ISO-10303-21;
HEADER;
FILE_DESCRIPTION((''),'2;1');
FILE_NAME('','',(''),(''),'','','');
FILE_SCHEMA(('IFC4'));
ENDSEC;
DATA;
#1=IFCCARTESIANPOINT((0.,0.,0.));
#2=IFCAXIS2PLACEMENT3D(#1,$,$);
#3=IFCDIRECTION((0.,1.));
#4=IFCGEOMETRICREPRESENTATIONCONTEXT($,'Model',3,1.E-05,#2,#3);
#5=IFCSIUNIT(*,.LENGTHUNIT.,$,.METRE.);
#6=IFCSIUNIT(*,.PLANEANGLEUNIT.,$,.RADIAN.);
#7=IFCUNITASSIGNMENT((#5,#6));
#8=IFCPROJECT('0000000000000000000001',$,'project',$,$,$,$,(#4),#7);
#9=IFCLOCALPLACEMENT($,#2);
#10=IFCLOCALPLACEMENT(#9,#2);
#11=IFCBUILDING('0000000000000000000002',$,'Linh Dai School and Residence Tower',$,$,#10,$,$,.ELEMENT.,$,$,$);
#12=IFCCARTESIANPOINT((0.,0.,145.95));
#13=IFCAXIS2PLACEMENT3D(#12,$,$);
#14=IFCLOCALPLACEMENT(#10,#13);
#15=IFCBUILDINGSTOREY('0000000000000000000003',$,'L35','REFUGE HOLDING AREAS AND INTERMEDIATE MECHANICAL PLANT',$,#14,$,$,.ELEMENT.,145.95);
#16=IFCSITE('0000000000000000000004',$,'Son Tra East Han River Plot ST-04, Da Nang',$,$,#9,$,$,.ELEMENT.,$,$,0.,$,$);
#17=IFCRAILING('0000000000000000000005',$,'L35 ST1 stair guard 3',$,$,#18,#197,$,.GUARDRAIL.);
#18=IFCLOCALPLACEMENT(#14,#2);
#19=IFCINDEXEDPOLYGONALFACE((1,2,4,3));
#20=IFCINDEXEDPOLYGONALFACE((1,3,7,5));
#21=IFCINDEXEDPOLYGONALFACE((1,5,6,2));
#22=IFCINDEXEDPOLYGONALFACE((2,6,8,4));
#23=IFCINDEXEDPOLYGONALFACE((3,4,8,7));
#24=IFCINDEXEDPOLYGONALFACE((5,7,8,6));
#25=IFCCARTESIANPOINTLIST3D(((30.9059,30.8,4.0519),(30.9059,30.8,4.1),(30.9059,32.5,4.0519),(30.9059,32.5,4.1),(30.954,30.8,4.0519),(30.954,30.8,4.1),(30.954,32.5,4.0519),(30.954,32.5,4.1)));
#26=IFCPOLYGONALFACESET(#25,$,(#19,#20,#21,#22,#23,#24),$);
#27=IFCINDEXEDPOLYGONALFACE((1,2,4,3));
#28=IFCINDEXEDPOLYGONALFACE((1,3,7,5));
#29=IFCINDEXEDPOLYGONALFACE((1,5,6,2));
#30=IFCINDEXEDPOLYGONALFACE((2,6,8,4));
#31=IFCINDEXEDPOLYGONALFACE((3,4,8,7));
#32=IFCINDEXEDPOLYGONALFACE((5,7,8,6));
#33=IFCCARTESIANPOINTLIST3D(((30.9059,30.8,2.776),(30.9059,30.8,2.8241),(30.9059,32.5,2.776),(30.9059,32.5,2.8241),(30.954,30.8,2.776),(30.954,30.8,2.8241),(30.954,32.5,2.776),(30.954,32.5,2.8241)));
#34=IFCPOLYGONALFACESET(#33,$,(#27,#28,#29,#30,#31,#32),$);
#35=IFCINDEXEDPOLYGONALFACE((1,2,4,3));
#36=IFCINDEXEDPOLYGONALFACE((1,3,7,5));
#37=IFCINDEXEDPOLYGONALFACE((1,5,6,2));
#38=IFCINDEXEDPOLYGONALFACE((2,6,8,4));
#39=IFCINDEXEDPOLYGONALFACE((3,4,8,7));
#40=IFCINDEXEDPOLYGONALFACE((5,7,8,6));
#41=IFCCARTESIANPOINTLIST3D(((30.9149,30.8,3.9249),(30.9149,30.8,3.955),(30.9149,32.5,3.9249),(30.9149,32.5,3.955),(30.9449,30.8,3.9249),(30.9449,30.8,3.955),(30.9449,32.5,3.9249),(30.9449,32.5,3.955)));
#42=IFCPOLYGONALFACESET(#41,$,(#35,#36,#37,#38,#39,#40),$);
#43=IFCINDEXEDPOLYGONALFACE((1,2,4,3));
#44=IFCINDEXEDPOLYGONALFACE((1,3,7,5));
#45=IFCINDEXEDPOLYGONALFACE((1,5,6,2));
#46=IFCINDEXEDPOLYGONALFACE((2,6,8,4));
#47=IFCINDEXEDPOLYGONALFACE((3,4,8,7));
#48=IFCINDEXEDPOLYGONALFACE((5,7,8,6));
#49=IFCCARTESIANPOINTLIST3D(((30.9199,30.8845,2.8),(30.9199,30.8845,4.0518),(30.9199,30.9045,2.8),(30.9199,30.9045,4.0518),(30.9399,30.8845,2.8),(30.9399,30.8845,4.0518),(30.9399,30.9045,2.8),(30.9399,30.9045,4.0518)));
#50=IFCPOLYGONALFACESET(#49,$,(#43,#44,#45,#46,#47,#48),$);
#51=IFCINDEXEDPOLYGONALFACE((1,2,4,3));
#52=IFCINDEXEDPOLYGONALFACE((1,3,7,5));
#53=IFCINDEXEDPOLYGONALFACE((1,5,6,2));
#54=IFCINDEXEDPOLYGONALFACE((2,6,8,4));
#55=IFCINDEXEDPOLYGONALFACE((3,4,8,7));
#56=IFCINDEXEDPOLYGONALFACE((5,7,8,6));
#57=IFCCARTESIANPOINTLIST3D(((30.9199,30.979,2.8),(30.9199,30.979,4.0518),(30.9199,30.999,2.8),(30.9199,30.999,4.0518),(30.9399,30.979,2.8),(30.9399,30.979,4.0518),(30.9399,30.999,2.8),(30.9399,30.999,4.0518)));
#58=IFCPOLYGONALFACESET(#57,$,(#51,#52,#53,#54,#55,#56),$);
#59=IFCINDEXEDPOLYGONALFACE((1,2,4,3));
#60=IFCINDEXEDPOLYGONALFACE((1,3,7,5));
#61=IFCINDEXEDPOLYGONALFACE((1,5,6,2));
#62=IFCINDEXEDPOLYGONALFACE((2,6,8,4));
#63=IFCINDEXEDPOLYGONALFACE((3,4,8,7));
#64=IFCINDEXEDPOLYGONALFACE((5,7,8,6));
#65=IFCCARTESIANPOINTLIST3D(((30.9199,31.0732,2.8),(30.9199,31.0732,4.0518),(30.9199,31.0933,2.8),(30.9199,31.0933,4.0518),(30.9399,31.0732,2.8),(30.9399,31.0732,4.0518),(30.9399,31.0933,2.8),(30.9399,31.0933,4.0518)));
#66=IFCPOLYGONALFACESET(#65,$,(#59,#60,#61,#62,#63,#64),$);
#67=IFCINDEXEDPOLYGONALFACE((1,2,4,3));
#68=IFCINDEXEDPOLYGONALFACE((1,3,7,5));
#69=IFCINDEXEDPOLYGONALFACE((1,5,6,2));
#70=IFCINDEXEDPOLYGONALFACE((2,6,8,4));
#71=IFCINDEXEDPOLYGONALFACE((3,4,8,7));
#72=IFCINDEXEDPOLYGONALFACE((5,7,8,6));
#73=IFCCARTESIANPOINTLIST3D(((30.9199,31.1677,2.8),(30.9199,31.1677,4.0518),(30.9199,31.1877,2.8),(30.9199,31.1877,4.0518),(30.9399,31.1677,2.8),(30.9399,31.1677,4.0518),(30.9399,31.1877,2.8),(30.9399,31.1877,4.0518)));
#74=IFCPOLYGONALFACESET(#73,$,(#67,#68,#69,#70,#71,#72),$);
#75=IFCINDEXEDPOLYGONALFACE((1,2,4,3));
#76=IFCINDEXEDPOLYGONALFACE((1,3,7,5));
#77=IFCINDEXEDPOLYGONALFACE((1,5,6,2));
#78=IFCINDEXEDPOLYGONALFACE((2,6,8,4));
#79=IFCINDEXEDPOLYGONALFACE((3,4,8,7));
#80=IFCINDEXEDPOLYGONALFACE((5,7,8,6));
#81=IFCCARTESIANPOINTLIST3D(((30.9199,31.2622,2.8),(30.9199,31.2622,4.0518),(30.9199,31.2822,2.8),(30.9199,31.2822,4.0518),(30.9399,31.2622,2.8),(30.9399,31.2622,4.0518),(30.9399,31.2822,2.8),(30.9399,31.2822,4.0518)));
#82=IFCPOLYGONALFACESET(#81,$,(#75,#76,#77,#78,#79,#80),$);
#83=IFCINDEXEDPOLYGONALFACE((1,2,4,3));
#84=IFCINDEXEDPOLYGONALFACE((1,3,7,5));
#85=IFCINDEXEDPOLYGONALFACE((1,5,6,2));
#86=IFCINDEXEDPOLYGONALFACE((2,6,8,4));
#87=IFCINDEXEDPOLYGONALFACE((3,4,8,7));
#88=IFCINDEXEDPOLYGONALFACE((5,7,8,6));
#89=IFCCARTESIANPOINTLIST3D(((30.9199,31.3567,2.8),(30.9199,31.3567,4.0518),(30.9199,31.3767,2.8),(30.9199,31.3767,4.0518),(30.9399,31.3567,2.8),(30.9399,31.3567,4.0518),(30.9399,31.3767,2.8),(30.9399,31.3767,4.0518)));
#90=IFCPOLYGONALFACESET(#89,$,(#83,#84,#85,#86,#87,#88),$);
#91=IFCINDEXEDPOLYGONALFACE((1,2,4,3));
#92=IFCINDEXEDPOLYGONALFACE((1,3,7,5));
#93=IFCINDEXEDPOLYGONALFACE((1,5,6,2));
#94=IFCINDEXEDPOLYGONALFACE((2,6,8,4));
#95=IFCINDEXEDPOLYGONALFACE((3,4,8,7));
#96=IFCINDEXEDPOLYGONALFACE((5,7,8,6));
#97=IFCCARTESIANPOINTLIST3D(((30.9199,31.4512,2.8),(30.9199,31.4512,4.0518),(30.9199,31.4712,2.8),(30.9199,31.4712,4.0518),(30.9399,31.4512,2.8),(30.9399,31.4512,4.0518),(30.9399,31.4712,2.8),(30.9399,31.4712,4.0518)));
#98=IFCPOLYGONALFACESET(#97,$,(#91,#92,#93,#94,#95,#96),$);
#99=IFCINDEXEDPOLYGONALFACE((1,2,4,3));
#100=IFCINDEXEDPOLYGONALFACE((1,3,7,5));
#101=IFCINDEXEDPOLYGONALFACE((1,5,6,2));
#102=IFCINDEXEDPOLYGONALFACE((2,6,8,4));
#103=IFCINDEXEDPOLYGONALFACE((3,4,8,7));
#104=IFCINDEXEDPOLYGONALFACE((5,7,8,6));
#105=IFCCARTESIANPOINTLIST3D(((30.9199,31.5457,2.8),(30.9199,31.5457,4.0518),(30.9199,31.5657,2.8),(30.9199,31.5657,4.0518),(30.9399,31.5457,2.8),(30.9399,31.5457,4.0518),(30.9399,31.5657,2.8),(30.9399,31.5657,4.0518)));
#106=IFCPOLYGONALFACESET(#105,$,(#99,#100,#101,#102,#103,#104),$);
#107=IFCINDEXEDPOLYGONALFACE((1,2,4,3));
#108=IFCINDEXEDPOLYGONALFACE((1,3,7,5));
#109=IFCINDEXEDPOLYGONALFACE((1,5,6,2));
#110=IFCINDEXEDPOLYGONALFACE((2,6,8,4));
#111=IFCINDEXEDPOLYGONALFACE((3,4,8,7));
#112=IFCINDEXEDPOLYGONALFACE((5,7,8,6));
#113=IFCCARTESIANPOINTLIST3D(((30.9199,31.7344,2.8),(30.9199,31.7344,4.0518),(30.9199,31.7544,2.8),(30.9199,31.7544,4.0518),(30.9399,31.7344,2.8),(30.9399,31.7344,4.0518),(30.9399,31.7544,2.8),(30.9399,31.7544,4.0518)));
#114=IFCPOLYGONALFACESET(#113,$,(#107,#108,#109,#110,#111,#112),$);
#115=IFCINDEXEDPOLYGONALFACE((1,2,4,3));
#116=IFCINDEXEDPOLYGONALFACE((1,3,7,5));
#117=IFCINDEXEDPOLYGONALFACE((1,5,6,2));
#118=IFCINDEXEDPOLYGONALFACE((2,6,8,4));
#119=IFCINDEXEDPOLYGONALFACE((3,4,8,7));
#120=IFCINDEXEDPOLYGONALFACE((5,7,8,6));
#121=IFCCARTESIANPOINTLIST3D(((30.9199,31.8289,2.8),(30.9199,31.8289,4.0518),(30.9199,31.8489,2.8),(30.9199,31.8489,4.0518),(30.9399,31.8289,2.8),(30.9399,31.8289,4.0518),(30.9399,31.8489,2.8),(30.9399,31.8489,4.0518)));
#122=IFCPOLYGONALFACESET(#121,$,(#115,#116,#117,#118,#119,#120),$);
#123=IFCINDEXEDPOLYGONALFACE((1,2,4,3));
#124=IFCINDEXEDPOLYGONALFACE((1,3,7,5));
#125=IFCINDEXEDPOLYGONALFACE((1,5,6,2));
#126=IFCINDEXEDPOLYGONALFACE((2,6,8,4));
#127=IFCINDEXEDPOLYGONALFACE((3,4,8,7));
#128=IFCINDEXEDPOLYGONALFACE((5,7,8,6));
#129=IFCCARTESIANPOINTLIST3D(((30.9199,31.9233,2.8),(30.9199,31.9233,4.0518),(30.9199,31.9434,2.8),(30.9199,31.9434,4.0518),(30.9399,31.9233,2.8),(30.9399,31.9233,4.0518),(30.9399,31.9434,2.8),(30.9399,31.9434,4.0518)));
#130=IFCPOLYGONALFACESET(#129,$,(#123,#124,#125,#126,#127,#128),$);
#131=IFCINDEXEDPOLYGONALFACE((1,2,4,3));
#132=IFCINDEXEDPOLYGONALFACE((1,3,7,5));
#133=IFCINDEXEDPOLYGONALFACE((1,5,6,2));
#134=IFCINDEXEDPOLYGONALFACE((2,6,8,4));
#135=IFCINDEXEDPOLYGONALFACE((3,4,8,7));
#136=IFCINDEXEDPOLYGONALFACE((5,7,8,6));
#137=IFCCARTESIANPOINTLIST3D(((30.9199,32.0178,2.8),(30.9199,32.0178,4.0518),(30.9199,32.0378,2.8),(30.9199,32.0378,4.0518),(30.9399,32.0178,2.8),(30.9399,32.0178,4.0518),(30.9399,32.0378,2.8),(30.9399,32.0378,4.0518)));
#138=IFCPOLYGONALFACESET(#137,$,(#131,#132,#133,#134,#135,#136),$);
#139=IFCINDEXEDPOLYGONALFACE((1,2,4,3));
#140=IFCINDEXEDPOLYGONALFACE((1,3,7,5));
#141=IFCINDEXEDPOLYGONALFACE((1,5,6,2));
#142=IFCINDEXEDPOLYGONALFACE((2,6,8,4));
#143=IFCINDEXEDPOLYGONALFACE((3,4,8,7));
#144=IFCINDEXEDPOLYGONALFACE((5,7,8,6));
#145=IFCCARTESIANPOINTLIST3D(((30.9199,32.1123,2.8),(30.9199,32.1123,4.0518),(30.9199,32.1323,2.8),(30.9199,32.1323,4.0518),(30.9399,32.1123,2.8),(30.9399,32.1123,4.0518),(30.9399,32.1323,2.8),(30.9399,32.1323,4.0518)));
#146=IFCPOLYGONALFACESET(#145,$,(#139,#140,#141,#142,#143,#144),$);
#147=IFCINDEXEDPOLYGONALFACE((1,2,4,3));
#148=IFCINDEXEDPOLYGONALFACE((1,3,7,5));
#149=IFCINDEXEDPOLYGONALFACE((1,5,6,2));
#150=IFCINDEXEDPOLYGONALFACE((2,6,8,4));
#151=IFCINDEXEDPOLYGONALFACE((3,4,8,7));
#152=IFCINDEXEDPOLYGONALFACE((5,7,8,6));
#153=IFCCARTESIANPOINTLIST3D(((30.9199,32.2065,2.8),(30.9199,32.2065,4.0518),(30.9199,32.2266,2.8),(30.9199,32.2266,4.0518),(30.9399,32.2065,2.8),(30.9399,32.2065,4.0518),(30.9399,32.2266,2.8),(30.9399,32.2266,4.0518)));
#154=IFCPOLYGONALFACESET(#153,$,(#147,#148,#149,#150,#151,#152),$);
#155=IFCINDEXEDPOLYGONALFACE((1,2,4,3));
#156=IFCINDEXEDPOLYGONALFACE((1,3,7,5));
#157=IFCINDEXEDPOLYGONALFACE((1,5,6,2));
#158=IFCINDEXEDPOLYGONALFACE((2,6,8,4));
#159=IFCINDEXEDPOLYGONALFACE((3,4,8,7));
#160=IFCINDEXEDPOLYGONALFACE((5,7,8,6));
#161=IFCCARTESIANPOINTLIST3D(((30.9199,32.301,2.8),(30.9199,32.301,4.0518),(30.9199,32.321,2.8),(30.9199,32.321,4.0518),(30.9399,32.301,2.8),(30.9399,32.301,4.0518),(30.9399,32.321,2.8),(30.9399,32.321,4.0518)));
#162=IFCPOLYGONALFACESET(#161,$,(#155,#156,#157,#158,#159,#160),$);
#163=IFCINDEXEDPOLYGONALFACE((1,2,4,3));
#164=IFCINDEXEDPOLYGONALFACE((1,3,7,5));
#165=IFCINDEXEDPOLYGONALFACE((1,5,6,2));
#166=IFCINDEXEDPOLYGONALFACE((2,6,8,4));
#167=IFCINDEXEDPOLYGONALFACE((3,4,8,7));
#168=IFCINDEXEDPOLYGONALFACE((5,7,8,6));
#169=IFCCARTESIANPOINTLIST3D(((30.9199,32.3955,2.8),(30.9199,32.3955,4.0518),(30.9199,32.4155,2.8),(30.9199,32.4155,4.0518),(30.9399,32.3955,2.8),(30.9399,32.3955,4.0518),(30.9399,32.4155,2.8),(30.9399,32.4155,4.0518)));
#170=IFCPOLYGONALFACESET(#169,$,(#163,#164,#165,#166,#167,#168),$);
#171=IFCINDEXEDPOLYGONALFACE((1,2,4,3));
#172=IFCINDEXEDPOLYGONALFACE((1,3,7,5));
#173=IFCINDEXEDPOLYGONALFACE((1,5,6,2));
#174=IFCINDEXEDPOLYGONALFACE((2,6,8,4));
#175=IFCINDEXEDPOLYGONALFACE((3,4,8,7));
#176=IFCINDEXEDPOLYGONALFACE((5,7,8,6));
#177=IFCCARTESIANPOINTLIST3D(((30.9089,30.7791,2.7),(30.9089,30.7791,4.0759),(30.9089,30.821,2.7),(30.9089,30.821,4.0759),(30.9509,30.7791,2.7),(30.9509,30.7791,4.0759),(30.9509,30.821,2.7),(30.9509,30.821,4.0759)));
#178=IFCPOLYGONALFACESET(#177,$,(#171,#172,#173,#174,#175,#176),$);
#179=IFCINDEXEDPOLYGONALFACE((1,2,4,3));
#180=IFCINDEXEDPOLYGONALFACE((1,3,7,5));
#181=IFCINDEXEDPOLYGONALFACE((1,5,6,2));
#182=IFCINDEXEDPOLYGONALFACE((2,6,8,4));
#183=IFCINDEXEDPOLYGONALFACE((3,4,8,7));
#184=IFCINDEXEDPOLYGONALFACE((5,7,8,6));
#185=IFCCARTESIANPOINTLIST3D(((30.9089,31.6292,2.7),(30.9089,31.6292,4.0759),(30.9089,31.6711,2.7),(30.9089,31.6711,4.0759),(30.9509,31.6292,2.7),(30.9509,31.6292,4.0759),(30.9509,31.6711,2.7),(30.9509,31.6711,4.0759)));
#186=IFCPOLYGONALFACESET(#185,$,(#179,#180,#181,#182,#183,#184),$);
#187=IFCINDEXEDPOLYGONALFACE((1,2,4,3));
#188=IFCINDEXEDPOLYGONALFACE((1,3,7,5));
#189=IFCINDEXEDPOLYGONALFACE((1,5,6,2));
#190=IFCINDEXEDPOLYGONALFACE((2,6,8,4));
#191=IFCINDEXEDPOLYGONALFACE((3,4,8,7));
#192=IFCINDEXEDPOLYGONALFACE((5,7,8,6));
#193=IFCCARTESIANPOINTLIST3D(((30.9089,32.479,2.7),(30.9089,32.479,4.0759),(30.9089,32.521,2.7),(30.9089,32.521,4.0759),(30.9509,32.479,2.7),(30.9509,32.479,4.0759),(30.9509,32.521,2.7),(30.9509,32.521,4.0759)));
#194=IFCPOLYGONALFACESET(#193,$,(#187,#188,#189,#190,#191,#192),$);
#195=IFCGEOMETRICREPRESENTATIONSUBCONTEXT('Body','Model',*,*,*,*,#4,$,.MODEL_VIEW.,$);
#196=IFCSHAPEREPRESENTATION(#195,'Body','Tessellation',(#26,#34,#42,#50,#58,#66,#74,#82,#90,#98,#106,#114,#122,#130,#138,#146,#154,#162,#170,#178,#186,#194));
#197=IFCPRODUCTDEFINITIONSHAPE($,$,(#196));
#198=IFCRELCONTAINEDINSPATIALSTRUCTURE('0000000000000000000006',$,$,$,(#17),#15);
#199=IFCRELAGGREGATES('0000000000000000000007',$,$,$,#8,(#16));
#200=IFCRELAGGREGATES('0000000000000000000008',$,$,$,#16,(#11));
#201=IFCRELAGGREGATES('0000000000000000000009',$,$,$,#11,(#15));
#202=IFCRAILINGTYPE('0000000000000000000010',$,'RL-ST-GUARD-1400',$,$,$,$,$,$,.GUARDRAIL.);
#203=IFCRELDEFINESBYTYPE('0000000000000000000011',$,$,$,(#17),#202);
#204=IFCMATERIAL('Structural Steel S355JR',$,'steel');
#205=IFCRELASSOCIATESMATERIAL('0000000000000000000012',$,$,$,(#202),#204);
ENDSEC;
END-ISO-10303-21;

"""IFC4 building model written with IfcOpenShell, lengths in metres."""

from ifc_helpers import new_model, si_unit, direction, frame, origin, origin_2d, place, context, subcontext, project, spatial, rectangle, extrude, source, transform, mapped, material, type_object, element, save


model = new_model("IFC4")

# Units and contexts
model_context = context("Model", 3, precision=1e-05, world=origin(), true_north=direction((0.0, 1.0)))
body_context = subcontext(model_context, "Body", "Model", "MODEL_VIEW")
ifc_project = project(units=[si_unit("LENGTHUNIT", "METRE"), si_unit("PLANEANGLEUNIT", "RADIAN")], contexts=[model_context])

# Site, building, storey
site_placement = place(None, origin())
site = spatial("IfcSite", under=ifc_project, at=site_placement, Name="Son Tra East Han River Plot ST-04, Da Nang", CompositionType="ELEMENT", RefElevation=0.0)
building_placement = place(site_placement, origin())
building = spatial("IfcBuilding", under=site, at=building_placement, Name="Linh Dai School and Residence Tower", CompositionType="ELEMENT")
storey_placement = place(building_placement, frame((0.0, 0.0, 145.95)))
storey = spatial("IfcBuildingStorey", under=building, at=storey_placement, Name="L35", Description="REFUGE HOLDING AREAS AND INTERMEDIATE MECHANICAL PLANT", CompositionType="ELEMENT", Elevation=145.95)

# Railing
ifc_material_1 = material(Name="Structural Steel S355JR", Category="steel")
railing_type_1 = type_object("IfcRailingType", Name="RL-ST-GUARD-1400", PredefinedType="GUARDRAIL", material=ifc_material_1)
shared_shape_1 = source(origin(), body_context, "Body", "SweptSolid", [
    extrude(rectangle(XDim=0.0481, YDim=0.0481, at=origin_2d()), frame((0.0, 0.0, 1.376), z_axis=(0.0, 1.0, 0.0), x_axis=(-1.0, 0.0, 0.0)), (0.0, 0.0, 1.0), 1.7),
    extrude(rectangle(XDim=0.0481, YDim=0.0481, at=origin_2d()), frame((0.0, 0.0, 0.1001), z_axis=(0.0, 1.0, 0.0), x_axis=(-1.0, 0.0, 0.0)), (0.0, 0.0, 1.0), 1.7),
    extrude(rectangle(XDim=0.03, YDim=0.03, at=origin_2d()), frame((0.0, 0.0, 1.24), z_axis=(0.0, 1.0, 0.0), x_axis=(-1.0, 0.0, 0.0)), (0.0, 0.0, 1.0), 1.7),
    extrude(rectangle(XDim=0.02, YDim=0.02, at=origin_2d()), frame((0.0, 0.0945, 0.1001)), (0.0, 0.0, 1.0), 1.2517),
    extrude(rectangle(XDim=0.02, YDim=0.02, at=origin_2d()), frame((0.0, 0.189, 0.1001)), (0.0, 0.0, 1.0), 1.2517),
    extrude(rectangle(XDim=0.02, YDim=0.02, at=origin_2d()), frame((0.0, 0.2832, 0.1001)), (0.0, 0.0, 1.0), 1.2517),
    extrude(rectangle(XDim=0.02, YDim=0.02, at=origin_2d()), frame((0.0, 0.3777, 0.1001)), (0.0, 0.0, 1.0), 1.2517),
    extrude(rectangle(XDim=0.02, YDim=0.02, at=origin_2d()), frame((0.0, 0.4722, 0.1001)), (0.0, 0.0, 1.0), 1.2517),
    extrude(rectangle(XDim=0.02, YDim=0.02, at=origin_2d()), frame((0.0, 0.5667, 0.1001)), (0.0, 0.0, 1.0), 1.2517),
    extrude(rectangle(XDim=0.02, YDim=0.02, at=origin_2d()), frame((0.0, 0.6611, 0.1001)), (0.0, 0.0, 1.0), 1.2517),
    extrude(rectangle(XDim=0.02, YDim=0.02, at=origin_2d()), frame((0.0, 0.7556, 0.1001)), (0.0, 0.0, 1.0), 1.2517),
    extrude(rectangle(XDim=0.02, YDim=0.02, at=origin_2d()), frame((0.0, 0.9443, 0.1001)), (0.0, 0.0, 1.0), 1.2517),
    extrude(rectangle(XDim=0.02, YDim=0.02, at=origin_2d()), frame((0.0, 1.0388, 0.1001)), (0.0, 0.0, 1.0), 1.2517),
    extrude(rectangle(XDim=0.02, YDim=0.02, at=origin_2d()), frame((0.0, 1.1333, 0.1001)), (0.0, 0.0, 1.0), 1.2517),
    extrude(rectangle(XDim=0.02, YDim=0.02, at=origin_2d()), frame((0.0, 1.2278, 0.1001)), (0.0, 0.0, 1.0), 1.2517),
    extrude(rectangle(XDim=0.02, YDim=0.02, at=origin_2d()), frame((0.0, 1.3223, 0.1001)), (0.0, 0.0, 1.0), 1.2517),
    extrude(rectangle(XDim=0.02, YDim=0.02, at=origin_2d()), frame((0.0, 1.4165, 0.1001)), (0.0, 0.0, 1.0), 1.2517),
    extrude(rectangle(XDim=0.02, YDim=0.02, at=origin_2d()), frame((0.0, 1.511, 0.1001)), (0.0, 0.0, 1.0), 1.2517),
    extrude(rectangle(XDim=0.02, YDim=0.02, at=origin_2d()), frame((0.0, 1.6055, 0.1001)), (0.0, 0.0, 1.0), 1.2517),
    extrude(rectangle(XDim=0.042, YDim=0.042, at=origin_2d()), origin(), (0.0, 0.0, 1.0), 1.376),
    extrude(rectangle(XDim=0.042, YDim=0.042, at=origin_2d()), frame((0.0, 0.8501, 0.0)), (0.0, 0.0, 1.0), 1.376),
    extrude(rectangle(XDim=0.042, YDim=0.042, at=origin_2d()), frame((0.0, 1.7, 0.0)), (0.0, 0.0, 1.0), 1.376),
])
for number, where, name in (
    (1, (30.9299, 30.8, 2.7), "L35 ST1 stair guard 3"),
):
    element("IfcRailing", number, at=place(storey_placement, frame(where)), inside=storey, type_object=railing_type_1, Name=name, PredefinedType="GUARDRAIL", context=body_context, shape_type="MappedRepresentation", body=[
        mapped(shared_shape_1, transform((0.0, 0.0, 0.0), x_axis=(1.0, 0.0, 0.0), y_axis=(0.0, 1.0, 0.0), z_axis=(0.0, 0.0, 1.0), scale=1.0)),
    ])

save(model, "model.ifc")
